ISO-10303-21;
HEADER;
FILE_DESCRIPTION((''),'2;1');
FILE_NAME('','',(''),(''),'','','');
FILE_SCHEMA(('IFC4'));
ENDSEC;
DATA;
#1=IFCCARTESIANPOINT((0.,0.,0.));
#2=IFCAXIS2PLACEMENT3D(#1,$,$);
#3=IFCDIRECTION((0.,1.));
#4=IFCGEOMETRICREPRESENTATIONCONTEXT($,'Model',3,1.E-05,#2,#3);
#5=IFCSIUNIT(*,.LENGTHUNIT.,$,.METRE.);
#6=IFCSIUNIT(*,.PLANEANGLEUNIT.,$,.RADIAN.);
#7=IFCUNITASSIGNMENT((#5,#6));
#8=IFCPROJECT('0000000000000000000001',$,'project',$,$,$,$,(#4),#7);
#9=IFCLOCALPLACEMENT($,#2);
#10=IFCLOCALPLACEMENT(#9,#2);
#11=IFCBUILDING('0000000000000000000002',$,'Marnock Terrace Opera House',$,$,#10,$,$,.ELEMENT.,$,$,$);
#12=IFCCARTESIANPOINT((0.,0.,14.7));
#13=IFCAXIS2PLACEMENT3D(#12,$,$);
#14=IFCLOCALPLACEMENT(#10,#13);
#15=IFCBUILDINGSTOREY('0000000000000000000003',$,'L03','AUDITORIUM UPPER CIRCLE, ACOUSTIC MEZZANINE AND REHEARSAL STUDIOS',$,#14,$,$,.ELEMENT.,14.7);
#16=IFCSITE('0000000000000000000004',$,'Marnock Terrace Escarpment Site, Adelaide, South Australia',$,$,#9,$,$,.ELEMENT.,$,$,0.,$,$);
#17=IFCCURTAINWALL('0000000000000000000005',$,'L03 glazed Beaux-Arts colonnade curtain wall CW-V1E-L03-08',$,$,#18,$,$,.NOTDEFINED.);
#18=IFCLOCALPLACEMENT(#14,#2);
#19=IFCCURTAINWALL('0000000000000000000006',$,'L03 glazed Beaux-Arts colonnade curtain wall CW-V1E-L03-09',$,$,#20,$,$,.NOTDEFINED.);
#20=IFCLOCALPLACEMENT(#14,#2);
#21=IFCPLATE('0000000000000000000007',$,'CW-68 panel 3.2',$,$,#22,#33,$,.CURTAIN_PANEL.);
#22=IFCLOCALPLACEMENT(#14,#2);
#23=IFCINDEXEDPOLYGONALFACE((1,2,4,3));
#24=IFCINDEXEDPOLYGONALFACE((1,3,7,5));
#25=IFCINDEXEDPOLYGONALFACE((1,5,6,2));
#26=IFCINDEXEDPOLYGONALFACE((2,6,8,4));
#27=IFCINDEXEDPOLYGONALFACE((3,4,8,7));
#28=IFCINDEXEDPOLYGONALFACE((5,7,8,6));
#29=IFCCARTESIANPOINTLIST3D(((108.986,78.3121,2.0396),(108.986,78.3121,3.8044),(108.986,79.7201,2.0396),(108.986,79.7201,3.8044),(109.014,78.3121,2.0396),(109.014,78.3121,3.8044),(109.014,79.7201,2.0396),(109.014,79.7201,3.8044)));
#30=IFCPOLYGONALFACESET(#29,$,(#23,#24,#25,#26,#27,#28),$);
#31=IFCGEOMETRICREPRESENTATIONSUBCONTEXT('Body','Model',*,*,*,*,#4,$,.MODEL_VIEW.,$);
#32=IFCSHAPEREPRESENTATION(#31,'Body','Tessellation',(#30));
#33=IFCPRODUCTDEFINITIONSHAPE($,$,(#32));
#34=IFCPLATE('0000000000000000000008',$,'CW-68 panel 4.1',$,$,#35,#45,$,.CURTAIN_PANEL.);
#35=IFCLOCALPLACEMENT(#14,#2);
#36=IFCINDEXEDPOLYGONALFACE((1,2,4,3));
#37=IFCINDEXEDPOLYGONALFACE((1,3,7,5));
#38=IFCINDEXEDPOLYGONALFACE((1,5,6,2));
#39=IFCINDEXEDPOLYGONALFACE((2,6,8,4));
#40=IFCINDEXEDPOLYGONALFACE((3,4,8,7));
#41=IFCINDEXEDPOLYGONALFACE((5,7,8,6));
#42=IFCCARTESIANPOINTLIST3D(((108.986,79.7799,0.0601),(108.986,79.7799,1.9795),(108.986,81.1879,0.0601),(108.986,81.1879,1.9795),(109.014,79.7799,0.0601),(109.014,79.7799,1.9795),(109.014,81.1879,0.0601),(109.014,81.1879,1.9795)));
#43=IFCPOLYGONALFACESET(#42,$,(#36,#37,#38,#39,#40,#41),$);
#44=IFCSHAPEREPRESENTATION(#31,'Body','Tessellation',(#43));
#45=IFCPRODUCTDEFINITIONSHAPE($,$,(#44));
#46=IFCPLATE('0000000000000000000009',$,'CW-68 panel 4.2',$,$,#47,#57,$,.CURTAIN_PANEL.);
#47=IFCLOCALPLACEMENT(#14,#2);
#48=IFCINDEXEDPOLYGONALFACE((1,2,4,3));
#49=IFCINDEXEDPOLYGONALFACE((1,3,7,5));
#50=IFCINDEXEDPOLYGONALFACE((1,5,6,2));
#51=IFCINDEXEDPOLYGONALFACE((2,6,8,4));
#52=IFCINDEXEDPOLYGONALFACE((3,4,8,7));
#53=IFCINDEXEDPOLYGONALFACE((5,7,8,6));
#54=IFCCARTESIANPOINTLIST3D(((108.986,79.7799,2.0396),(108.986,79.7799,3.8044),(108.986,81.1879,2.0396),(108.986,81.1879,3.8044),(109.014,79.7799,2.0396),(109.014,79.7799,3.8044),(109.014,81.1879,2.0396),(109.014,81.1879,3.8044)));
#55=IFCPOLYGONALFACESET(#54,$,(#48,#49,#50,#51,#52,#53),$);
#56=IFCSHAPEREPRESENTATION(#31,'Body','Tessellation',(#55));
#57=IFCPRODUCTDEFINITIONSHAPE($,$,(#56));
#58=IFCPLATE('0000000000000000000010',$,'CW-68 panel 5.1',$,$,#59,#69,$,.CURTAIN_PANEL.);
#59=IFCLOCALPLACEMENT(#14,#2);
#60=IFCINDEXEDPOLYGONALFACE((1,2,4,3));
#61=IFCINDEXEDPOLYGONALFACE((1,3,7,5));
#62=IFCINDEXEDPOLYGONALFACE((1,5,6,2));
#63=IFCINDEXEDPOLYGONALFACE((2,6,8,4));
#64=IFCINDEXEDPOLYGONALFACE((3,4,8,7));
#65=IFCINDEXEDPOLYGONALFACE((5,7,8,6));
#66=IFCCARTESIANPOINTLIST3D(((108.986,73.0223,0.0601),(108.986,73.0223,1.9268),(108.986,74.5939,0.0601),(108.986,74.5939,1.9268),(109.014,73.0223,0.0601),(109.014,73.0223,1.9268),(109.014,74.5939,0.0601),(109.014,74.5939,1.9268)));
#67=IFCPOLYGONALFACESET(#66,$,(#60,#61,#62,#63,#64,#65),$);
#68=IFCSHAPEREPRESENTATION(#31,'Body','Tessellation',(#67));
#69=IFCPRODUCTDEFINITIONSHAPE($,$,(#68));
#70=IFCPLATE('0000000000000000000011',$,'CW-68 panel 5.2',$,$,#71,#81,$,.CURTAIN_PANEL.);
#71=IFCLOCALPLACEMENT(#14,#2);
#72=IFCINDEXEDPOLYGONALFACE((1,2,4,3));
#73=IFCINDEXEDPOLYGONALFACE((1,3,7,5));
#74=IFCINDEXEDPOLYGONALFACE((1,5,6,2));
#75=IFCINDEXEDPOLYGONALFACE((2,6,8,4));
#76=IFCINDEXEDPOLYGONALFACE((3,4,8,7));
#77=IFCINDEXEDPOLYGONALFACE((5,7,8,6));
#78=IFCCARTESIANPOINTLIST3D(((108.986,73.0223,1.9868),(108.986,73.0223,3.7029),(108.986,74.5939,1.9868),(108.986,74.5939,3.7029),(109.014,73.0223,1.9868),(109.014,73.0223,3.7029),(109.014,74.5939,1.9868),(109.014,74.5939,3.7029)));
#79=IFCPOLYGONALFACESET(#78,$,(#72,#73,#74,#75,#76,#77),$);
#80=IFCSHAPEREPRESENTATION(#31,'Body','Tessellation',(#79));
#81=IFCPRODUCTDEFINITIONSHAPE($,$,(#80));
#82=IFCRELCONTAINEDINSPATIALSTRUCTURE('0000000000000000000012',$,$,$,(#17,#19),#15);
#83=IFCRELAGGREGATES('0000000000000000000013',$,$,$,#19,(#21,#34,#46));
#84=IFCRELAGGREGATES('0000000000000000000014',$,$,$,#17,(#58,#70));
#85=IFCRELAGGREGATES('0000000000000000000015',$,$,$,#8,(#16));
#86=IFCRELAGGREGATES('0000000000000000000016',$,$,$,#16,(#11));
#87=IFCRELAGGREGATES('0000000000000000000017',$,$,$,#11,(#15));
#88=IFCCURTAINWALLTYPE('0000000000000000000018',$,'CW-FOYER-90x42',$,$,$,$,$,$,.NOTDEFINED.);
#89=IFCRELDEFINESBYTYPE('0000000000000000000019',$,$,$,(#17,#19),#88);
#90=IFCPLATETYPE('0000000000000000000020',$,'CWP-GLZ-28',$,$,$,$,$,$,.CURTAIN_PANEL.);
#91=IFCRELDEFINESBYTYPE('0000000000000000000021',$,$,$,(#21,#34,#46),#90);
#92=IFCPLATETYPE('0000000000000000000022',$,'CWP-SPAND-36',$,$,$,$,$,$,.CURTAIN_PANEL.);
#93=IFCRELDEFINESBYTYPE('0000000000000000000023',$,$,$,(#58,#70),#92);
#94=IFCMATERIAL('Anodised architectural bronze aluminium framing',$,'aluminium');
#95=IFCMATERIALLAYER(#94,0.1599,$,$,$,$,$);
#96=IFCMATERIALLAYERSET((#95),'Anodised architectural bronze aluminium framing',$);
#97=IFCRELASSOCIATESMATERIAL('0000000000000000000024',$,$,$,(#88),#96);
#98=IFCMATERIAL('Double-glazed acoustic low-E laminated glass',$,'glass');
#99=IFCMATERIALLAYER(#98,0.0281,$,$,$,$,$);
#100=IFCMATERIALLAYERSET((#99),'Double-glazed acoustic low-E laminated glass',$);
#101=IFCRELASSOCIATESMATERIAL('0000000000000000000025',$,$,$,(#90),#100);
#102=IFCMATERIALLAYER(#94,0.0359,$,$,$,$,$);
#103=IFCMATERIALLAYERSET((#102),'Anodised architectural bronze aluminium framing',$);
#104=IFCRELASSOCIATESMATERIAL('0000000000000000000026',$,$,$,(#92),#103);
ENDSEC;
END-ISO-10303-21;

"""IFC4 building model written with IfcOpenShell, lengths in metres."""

from ifc_helpers import new_model, si_unit, direction, frame, origin, origin_2d, place, context, subcontext, project, spatial, rectangle, extrude, material, layer, layer_set, type_object, element, aggregate, save


model = new_model("IFC4")

# Units and contexts
model_context = context("Model", 3, precision=1e-05, world=origin(), true_north=direction((0.0, 1.0)))
body_context = subcontext(model_context, "Body", "Model", "MODEL_VIEW")
ifc_project = project(units=[si_unit("LENGTHUNIT", "METRE"), si_unit("PLANEANGLEUNIT", "RADIAN")], contexts=[model_context])

# Site, building, storey
site_placement = place(None, origin())
site = spatial("IfcSite", under=ifc_project, at=site_placement, Name="Marnock Terrace Escarpment Site, Adelaide, South Australia", CompositionType="ELEMENT", RefElevation=0.0)
building_placement = place(site_placement, origin())
building = spatial("IfcBuilding", under=site, at=building_placement, Name="Marnock Terrace Opera House", CompositionType="ELEMENT")
storey_placement = place(building_placement, frame((0.0, 0.0, 14.7)))
storey = spatial("IfcBuildingStorey", under=building, at=storey_placement, Name="L03", Description="AUDITORIUM UPPER CIRCLE, ACOUSTIC MEZZANINE AND REHEARSAL STUDIOS", CompositionType="ELEMENT", Elevation=14.7)

# Curtain wall
ifc_material_1 = material(Name="Anodised architectural bronze aluminium framing", Category="aluminium")
ifc_layer_1 = layer(ifc_material_1, 0.1599)
ifc_layer_set_1 = layer_set([ifc_layer_1], Name="Anodised architectural bronze aluminium framing")
curtain_wall_type = type_object("IfcCurtainWallType", Name="CW-FOYER-90x42", PredefinedType="NOTDEFINED", material=ifc_layer_set_1)
curtain_wall_1_placement = place(storey_placement, origin())
curtain_wall_1 = element("IfcCurtainWall", 1, at=curtain_wall_1_placement, inside=storey, type_object=curtain_wall_type, Name="L03 glazed Beaux-Arts colonnade curtain wall CW-V1E-L03-08", PredefinedType="NOTDEFINED")

# Curtain wall, plates
curtain_wall_2_placement = place(storey_placement, origin())
curtain_wall_2 = element("IfcCurtainWall", 2, at=curtain_wall_2_placement, inside=storey, type_object=curtain_wall_type, Name="L03 glazed Beaux-Arts colonnade curtain wall CW-V1E-L03-09", PredefinedType="NOTDEFINED")
ifc_material_2 = material(Name="Double-glazed acoustic low-E laminated glass", Category="glass")
ifc_layer_2 = layer(ifc_material_2, 0.0281)
ifc_layer_set_2 = layer_set([ifc_layer_2], Name="Double-glazed acoustic low-E laminated glass")
plate_type_1 = type_object("IfcPlateType", Name="CWP-GLZ-28", PredefinedType="CURTAIN_PANEL", material=ifc_layer_set_2)
plate_1_placement = place(storey_placement, frame((109.0, 79.0161, 2.0396), z_axis=(0.0, 0.0, 1.0), x_axis=(0.0, 1.0, 0.0)))
plate_1 = element("IfcPlate", 3, at=plate_1_placement, type_object=plate_type_1, Name="CW-68 panel 3.2", PredefinedType="CURTAIN_PANEL", context=body_context, shape_type="SweptSolid", body=[
    extrude(rectangle(XDim=1.408, YDim=0.0281, at=origin_2d()), origin(), (0.0, 0.0, 1.0), 1.7649),
])
plate_2_placement = place(storey_placement, frame((109.0, 80.4839, 0.0601), z_axis=(0.0, 0.0, 1.0), x_axis=(0.0, 1.0, 0.0)))
plate_2 = element("IfcPlate", 4, at=plate_2_placement, type_object=plate_type_1, Name="CW-68 panel 4.1", PredefinedType="CURTAIN_PANEL", context=body_context, shape_type="SweptSolid", body=[
    extrude(rectangle(XDim=1.408, YDim=0.0281, at=origin_2d()), origin(), (0.0, 0.0, 1.0), 1.9194),
])
plate_3_placement = place(storey_placement, frame((109.0, 80.4839, 2.0396), z_axis=(0.0, 0.0, 1.0), x_axis=(0.0, 1.0, 0.0)))
plate_3 = element("IfcPlate", 5, at=plate_3_placement, type_object=plate_type_1, Name="CW-68 panel 4.2", PredefinedType="CURTAIN_PANEL", context=body_context, shape_type="SweptSolid", body=[
    extrude(rectangle(XDim=1.408, YDim=0.0281, at=origin_2d()), origin(), (0.0, 0.0, 1.0), 1.7649),
])
aggregate(curtain_wall_2, [plate_1, plate_2, plate_3])

# Plates
ifc_layer_3 = layer(ifc_material_1, 0.0359)
ifc_layer_set_3 = layer_set([ifc_layer_3], Name="Anodised architectural bronze aluminium framing")
plate_type_2 = type_object("IfcPlateType", Name="CWP-SPAND-36", PredefinedType="CURTAIN_PANEL", material=ifc_layer_set_3)
plate_4_placement = place(storey_placement, frame((109.0, 73.8081, 0.0601), z_axis=(0.0, 0.0, 1.0), x_axis=(0.0, 1.0, 0.0)))
plate_4 = element("IfcPlate", 6, at=plate_4_placement, type_object=plate_type_2, Name="CW-68 panel 5.1", PredefinedType="CURTAIN_PANEL", context=body_context, shape_type="SweptSolid", body=[
    extrude(rectangle(XDim=1.5715, YDim=0.0281, at=origin_2d()), origin(), (0.0, 0.0, 1.0), 1.8667),
])
plate_5_placement = place(storey_placement, frame((109.0, 73.8081, 1.9868), z_axis=(0.0, 0.0, 1.0), x_axis=(0.0, 1.0, 0.0)))
plate_5 = element("IfcPlate", 7, at=plate_5_placement, type_object=plate_type_2, Name="CW-68 panel 5.2", PredefinedType="CURTAIN_PANEL", context=body_context, shape_type="SweptSolid", body=[
    extrude(rectangle(XDim=1.5715, YDim=0.0281, at=origin_2d()), origin(), (0.0, 0.0, 1.0), 1.7161),
])
aggregate(curtain_wall_1, [plate_4, plate_5])

save(model, "model.ifc")
